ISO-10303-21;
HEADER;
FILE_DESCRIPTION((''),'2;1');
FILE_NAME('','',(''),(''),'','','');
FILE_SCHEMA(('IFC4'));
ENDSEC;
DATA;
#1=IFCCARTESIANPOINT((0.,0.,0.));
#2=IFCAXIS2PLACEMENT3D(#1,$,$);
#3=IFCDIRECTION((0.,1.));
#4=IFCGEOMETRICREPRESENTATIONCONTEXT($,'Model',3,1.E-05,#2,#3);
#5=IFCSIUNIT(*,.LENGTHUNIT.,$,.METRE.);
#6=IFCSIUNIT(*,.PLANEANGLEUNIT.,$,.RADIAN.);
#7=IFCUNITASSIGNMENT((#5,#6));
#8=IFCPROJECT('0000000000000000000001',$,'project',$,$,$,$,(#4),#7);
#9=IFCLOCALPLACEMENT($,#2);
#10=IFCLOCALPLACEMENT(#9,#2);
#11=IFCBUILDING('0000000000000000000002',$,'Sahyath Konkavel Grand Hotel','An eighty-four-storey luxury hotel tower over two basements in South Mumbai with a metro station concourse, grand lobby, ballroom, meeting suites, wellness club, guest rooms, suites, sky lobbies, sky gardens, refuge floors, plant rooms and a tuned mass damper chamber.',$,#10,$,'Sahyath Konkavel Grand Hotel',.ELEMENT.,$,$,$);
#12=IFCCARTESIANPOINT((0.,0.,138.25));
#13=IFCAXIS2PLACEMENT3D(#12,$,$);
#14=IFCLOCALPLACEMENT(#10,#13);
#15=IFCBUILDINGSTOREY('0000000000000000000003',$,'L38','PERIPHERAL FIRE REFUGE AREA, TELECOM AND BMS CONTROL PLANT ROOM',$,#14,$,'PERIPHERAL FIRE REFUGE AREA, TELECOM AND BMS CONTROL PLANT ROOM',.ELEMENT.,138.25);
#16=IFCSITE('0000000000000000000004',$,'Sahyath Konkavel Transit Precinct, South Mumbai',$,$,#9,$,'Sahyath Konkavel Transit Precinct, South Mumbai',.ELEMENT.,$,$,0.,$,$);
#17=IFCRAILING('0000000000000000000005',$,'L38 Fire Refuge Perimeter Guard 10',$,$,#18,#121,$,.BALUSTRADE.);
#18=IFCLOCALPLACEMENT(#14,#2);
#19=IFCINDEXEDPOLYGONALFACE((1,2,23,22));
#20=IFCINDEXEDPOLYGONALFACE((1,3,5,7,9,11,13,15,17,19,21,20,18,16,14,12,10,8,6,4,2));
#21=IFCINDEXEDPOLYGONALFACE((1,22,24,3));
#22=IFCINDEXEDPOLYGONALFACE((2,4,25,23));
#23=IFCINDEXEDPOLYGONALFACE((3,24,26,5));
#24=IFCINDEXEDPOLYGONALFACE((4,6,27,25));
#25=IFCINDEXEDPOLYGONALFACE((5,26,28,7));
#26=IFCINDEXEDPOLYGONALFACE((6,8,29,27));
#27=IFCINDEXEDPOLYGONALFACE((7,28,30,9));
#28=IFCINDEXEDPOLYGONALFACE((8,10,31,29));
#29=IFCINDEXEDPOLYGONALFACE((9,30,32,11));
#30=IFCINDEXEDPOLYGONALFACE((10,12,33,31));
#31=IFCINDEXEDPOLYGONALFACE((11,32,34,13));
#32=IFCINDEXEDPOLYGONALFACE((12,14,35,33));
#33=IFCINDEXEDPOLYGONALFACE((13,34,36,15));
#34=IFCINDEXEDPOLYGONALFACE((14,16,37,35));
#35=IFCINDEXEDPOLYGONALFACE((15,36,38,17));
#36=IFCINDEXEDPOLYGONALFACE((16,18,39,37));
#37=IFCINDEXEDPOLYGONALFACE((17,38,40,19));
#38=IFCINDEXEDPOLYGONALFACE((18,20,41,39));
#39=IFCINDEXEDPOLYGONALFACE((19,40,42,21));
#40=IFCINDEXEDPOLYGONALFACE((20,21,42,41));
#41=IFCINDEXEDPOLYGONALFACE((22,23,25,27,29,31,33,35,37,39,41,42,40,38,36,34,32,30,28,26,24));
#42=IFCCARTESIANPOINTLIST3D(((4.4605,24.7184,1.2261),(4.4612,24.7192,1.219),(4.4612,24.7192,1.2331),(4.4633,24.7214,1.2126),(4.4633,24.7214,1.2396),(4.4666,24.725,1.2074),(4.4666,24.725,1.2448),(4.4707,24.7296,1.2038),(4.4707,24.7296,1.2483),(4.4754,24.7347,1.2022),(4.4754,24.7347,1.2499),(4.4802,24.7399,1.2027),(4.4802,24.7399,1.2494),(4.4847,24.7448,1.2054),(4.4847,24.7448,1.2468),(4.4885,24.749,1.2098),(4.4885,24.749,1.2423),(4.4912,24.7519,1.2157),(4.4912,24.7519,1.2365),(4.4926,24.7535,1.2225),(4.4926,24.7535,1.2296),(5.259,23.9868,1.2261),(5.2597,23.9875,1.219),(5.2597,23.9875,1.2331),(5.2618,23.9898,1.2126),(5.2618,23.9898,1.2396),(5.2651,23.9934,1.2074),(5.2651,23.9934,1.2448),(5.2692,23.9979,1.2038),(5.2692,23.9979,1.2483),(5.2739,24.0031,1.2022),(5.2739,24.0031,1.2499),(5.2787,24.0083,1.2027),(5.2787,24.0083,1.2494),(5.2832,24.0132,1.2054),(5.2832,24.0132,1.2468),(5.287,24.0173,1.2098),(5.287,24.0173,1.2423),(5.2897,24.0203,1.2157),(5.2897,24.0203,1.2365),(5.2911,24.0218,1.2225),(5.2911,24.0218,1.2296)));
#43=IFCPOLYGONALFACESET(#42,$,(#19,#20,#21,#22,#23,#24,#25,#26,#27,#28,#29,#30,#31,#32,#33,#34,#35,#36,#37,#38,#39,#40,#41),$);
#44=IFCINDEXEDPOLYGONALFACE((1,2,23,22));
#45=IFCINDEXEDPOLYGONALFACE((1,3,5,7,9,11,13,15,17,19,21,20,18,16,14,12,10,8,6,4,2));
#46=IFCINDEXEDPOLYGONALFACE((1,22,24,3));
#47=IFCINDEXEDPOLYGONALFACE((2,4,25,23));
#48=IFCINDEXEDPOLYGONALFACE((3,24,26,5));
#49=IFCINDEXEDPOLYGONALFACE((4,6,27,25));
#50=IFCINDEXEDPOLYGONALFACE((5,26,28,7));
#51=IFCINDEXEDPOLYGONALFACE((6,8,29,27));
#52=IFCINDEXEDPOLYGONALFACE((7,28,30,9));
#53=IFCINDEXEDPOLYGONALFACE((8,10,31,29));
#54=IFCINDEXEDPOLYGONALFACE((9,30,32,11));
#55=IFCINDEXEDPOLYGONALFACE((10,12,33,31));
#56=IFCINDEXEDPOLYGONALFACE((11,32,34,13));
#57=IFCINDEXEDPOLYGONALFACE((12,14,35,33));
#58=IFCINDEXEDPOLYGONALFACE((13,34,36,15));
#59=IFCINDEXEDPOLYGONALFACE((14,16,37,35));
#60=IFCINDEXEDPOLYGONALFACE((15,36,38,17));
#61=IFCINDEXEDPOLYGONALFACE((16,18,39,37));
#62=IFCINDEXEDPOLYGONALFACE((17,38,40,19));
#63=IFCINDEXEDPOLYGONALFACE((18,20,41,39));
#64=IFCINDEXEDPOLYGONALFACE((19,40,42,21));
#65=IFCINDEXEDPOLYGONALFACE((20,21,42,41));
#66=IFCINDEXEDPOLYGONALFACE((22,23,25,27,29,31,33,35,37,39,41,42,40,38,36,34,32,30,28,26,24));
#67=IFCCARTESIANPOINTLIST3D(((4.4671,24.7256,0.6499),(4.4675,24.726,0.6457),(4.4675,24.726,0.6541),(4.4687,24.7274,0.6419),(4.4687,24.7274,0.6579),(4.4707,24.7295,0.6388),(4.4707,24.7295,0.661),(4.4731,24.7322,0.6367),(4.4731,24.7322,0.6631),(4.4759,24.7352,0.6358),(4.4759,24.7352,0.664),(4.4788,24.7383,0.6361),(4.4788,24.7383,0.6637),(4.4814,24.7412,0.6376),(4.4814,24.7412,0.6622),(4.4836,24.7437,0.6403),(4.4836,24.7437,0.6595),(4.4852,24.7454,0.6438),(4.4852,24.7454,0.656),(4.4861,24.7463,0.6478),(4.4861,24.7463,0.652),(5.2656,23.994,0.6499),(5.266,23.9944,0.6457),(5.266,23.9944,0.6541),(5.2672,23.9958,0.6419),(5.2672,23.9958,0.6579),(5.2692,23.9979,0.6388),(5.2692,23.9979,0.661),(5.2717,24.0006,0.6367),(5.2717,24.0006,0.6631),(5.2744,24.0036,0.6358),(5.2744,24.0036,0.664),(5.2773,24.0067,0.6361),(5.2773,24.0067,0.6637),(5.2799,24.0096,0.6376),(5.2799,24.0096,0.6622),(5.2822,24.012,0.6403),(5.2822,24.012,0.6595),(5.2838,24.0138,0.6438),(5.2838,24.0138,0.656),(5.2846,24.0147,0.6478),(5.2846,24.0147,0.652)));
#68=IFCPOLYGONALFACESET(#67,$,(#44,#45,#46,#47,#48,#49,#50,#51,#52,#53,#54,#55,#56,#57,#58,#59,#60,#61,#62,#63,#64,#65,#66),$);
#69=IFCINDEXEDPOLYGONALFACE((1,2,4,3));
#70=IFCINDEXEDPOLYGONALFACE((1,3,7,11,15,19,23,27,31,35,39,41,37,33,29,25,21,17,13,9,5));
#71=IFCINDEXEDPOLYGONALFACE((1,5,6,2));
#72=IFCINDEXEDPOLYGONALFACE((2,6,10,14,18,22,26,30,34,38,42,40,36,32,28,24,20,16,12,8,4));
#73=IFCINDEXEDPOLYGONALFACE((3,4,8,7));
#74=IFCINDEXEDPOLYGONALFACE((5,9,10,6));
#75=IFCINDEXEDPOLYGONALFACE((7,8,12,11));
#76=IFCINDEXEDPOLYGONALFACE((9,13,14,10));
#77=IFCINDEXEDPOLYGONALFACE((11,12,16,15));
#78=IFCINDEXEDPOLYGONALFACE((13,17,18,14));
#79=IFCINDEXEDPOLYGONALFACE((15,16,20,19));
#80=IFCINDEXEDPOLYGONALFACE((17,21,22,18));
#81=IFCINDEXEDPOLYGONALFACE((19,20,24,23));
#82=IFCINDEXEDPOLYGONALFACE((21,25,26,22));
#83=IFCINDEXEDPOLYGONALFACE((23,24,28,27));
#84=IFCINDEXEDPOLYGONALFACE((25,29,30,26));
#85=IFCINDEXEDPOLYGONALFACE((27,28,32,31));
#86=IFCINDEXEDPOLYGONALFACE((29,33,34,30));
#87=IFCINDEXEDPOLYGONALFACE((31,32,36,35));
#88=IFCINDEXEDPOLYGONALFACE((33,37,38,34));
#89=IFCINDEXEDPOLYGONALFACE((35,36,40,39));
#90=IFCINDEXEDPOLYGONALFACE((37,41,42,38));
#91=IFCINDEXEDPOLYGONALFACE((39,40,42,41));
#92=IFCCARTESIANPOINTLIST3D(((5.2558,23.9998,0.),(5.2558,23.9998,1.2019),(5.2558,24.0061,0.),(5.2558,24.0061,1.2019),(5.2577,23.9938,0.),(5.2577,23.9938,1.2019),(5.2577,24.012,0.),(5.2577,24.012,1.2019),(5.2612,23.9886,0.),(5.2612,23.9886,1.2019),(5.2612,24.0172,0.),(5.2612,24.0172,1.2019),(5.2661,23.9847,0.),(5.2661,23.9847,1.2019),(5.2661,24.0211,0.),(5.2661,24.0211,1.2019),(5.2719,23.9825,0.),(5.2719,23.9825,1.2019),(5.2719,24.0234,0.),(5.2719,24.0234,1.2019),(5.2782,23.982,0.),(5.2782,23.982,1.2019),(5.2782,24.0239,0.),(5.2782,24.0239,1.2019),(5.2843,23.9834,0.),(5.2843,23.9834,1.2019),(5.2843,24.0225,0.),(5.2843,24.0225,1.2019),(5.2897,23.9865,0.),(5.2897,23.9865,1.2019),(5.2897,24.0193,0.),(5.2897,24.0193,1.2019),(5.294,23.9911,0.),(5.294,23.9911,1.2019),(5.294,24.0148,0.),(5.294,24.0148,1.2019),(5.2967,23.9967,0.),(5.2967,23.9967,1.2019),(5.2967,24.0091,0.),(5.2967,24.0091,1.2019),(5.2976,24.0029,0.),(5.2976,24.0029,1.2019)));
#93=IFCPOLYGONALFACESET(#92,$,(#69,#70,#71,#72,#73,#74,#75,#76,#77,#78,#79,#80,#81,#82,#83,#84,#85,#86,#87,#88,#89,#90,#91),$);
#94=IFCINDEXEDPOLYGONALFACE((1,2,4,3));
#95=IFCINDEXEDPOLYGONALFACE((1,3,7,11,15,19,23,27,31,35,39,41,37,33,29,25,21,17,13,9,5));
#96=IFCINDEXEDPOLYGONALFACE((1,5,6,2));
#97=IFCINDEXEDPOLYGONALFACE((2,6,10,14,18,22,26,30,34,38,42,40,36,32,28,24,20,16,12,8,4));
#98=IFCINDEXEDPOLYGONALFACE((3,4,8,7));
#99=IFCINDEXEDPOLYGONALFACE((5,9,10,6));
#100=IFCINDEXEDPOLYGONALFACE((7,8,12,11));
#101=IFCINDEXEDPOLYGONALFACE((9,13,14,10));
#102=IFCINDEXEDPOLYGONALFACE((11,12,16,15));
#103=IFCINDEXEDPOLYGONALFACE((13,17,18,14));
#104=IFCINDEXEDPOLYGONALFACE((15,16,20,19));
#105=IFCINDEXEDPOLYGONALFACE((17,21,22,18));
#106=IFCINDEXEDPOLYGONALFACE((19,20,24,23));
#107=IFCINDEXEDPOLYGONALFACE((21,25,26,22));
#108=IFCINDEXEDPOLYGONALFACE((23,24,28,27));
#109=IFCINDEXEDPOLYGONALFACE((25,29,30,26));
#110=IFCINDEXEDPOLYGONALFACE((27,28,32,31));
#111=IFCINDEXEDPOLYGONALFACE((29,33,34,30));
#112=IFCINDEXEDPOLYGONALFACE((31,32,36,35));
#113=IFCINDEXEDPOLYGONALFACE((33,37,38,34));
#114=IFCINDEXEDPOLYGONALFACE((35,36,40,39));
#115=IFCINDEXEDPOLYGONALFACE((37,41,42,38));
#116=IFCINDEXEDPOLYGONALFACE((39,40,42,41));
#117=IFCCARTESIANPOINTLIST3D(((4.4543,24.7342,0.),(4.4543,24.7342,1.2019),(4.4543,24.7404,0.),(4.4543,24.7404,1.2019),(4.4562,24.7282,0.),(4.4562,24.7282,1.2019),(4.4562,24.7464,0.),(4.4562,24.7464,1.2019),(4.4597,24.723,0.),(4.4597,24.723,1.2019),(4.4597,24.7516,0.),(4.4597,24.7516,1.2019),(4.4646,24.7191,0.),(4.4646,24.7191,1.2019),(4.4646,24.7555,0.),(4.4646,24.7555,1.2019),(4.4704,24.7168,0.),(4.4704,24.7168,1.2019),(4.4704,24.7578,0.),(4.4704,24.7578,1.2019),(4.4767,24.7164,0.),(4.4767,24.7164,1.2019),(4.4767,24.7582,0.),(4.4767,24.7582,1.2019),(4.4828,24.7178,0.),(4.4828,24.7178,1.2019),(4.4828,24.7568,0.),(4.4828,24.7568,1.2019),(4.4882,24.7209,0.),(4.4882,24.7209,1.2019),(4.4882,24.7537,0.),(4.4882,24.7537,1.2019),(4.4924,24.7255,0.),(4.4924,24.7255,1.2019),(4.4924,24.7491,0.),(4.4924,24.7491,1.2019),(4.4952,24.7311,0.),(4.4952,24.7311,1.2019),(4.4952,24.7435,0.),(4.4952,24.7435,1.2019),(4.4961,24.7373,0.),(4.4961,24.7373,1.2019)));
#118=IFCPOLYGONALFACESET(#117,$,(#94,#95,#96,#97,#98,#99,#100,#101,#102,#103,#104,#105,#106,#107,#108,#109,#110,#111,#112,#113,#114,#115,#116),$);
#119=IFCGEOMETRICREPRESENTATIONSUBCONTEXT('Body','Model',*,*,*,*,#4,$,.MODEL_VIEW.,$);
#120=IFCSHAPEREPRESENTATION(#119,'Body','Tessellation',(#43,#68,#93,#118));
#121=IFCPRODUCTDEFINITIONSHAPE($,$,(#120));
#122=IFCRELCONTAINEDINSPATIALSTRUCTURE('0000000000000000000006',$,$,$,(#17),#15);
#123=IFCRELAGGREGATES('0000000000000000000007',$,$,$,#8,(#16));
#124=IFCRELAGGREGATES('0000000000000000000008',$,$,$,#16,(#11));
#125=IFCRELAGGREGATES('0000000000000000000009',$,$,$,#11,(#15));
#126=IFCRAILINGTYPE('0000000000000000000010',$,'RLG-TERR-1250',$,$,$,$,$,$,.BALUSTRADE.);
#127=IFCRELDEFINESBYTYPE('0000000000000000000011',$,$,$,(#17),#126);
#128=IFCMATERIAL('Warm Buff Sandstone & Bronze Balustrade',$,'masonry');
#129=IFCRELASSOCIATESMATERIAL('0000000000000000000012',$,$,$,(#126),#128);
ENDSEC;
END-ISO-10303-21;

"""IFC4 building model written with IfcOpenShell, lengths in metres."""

from ifc_helpers import new_model, si_unit, direction, frame, origin, origin_2d, place, context, subcontext, project, spatial, circle, extrude, material, type_object, element, save


model = new_model("IFC4")

# Units and contexts
model_context = context("Model", 3, precision=1e-05, world=origin(), true_north=direction((0.0, 1.0)))
body_context = subcontext(model_context, "Body", "Model", "MODEL_VIEW")
ifc_project = project(units=[si_unit("LENGTHUNIT", "METRE"), si_unit("PLANEANGLEUNIT", "RADIAN")], contexts=[model_context])

# Site, building, storey
site_placement = place(None, origin())
site = spatial("IfcSite", under=ifc_project, at=site_placement, Name="Sahyath Konkavel Transit Precinct, South Mumbai", LongName="Sahyath Konkavel Transit Precinct, South Mumbai", CompositionType="ELEMENT", RefElevation=0.0)
building_placement = place(site_placement, origin())
building = spatial("IfcBuilding", under=site, at=building_placement, Name="Sahyath Konkavel Grand Hotel", Description="An eighty-four-storey luxury hotel tower over two basements in South Mumbai with a metro station concourse, grand lobby, ballroom, meeting suites, wellness club, guest rooms, suites, sky lobbies, sky gardens, refuge floors, plant rooms and a tuned mass damper chamber.", LongName="Sahyath Konkavel Grand Hotel", CompositionType="ELEMENT")
storey_placement = place(building_placement, frame((0.0, 0.0, 138.25)))
storey = spatial("IfcBuildingStorey", under=building, at=storey_placement, Name="L38", Description="PERIPHERAL FIRE REFUGE AREA, TELECOM AND BMS CONTROL PLANT ROOM", LongName="PERIPHERAL FIRE REFUGE AREA, TELECOM AND BMS CONTROL PLANT ROOM", CompositionType="ELEMENT", Elevation=138.25)

# Railing
ifc_material_1 = material(Name="Warm Buff Sandstone & Bronze Balustrade", Category="masonry")
railing_type = type_object("IfcRailingType", Name="RLG-TERR-1250", PredefinedType="BALUSTRADE", material=ifc_material_1)
railing_1_placement = place(storey_placement, frame((5.2766, 24.0029, 0.0)))
element("IfcRailing", 1, at=railing_1_placement, inside=storey, type_object=railing_type, Name="L38 Fire Refuge Perimeter Guard 10", PredefinedType="BALUSTRADE", context=body_context, shape_type="SweptSolid", body=[
    extrude(circle(Radius=0.0239, at=origin_2d()), frame((-0.0015, 0.0015, 1.2261), z_axis=(-0.737313, 0.675552, 0.0), x_axis=(-0.675552, -0.737313, 0.0)), (0.0, 0.0, 1.0), 1.083),
    extrude(circle(Radius=0.0142, at=origin_2d()), frame((-0.0015, 0.0015, 0.6499), z_axis=(-0.737313, 0.675552, 0.0), x_axis=(-0.675552, -0.737313, 0.0)), (0.0, 0.0, 1.0), 1.083),
    extrude(circle(Radius=0.021, at=origin_2d()), origin(), (0.0, 0.0, 1.0), 1.2019),
    extrude(circle(Radius=0.021, at=origin_2d()), frame((-0.8015, 0.7344, 0.0)), (0.0, 0.0, 1.0), 1.2019),
])

save(model, "model.ifc")
